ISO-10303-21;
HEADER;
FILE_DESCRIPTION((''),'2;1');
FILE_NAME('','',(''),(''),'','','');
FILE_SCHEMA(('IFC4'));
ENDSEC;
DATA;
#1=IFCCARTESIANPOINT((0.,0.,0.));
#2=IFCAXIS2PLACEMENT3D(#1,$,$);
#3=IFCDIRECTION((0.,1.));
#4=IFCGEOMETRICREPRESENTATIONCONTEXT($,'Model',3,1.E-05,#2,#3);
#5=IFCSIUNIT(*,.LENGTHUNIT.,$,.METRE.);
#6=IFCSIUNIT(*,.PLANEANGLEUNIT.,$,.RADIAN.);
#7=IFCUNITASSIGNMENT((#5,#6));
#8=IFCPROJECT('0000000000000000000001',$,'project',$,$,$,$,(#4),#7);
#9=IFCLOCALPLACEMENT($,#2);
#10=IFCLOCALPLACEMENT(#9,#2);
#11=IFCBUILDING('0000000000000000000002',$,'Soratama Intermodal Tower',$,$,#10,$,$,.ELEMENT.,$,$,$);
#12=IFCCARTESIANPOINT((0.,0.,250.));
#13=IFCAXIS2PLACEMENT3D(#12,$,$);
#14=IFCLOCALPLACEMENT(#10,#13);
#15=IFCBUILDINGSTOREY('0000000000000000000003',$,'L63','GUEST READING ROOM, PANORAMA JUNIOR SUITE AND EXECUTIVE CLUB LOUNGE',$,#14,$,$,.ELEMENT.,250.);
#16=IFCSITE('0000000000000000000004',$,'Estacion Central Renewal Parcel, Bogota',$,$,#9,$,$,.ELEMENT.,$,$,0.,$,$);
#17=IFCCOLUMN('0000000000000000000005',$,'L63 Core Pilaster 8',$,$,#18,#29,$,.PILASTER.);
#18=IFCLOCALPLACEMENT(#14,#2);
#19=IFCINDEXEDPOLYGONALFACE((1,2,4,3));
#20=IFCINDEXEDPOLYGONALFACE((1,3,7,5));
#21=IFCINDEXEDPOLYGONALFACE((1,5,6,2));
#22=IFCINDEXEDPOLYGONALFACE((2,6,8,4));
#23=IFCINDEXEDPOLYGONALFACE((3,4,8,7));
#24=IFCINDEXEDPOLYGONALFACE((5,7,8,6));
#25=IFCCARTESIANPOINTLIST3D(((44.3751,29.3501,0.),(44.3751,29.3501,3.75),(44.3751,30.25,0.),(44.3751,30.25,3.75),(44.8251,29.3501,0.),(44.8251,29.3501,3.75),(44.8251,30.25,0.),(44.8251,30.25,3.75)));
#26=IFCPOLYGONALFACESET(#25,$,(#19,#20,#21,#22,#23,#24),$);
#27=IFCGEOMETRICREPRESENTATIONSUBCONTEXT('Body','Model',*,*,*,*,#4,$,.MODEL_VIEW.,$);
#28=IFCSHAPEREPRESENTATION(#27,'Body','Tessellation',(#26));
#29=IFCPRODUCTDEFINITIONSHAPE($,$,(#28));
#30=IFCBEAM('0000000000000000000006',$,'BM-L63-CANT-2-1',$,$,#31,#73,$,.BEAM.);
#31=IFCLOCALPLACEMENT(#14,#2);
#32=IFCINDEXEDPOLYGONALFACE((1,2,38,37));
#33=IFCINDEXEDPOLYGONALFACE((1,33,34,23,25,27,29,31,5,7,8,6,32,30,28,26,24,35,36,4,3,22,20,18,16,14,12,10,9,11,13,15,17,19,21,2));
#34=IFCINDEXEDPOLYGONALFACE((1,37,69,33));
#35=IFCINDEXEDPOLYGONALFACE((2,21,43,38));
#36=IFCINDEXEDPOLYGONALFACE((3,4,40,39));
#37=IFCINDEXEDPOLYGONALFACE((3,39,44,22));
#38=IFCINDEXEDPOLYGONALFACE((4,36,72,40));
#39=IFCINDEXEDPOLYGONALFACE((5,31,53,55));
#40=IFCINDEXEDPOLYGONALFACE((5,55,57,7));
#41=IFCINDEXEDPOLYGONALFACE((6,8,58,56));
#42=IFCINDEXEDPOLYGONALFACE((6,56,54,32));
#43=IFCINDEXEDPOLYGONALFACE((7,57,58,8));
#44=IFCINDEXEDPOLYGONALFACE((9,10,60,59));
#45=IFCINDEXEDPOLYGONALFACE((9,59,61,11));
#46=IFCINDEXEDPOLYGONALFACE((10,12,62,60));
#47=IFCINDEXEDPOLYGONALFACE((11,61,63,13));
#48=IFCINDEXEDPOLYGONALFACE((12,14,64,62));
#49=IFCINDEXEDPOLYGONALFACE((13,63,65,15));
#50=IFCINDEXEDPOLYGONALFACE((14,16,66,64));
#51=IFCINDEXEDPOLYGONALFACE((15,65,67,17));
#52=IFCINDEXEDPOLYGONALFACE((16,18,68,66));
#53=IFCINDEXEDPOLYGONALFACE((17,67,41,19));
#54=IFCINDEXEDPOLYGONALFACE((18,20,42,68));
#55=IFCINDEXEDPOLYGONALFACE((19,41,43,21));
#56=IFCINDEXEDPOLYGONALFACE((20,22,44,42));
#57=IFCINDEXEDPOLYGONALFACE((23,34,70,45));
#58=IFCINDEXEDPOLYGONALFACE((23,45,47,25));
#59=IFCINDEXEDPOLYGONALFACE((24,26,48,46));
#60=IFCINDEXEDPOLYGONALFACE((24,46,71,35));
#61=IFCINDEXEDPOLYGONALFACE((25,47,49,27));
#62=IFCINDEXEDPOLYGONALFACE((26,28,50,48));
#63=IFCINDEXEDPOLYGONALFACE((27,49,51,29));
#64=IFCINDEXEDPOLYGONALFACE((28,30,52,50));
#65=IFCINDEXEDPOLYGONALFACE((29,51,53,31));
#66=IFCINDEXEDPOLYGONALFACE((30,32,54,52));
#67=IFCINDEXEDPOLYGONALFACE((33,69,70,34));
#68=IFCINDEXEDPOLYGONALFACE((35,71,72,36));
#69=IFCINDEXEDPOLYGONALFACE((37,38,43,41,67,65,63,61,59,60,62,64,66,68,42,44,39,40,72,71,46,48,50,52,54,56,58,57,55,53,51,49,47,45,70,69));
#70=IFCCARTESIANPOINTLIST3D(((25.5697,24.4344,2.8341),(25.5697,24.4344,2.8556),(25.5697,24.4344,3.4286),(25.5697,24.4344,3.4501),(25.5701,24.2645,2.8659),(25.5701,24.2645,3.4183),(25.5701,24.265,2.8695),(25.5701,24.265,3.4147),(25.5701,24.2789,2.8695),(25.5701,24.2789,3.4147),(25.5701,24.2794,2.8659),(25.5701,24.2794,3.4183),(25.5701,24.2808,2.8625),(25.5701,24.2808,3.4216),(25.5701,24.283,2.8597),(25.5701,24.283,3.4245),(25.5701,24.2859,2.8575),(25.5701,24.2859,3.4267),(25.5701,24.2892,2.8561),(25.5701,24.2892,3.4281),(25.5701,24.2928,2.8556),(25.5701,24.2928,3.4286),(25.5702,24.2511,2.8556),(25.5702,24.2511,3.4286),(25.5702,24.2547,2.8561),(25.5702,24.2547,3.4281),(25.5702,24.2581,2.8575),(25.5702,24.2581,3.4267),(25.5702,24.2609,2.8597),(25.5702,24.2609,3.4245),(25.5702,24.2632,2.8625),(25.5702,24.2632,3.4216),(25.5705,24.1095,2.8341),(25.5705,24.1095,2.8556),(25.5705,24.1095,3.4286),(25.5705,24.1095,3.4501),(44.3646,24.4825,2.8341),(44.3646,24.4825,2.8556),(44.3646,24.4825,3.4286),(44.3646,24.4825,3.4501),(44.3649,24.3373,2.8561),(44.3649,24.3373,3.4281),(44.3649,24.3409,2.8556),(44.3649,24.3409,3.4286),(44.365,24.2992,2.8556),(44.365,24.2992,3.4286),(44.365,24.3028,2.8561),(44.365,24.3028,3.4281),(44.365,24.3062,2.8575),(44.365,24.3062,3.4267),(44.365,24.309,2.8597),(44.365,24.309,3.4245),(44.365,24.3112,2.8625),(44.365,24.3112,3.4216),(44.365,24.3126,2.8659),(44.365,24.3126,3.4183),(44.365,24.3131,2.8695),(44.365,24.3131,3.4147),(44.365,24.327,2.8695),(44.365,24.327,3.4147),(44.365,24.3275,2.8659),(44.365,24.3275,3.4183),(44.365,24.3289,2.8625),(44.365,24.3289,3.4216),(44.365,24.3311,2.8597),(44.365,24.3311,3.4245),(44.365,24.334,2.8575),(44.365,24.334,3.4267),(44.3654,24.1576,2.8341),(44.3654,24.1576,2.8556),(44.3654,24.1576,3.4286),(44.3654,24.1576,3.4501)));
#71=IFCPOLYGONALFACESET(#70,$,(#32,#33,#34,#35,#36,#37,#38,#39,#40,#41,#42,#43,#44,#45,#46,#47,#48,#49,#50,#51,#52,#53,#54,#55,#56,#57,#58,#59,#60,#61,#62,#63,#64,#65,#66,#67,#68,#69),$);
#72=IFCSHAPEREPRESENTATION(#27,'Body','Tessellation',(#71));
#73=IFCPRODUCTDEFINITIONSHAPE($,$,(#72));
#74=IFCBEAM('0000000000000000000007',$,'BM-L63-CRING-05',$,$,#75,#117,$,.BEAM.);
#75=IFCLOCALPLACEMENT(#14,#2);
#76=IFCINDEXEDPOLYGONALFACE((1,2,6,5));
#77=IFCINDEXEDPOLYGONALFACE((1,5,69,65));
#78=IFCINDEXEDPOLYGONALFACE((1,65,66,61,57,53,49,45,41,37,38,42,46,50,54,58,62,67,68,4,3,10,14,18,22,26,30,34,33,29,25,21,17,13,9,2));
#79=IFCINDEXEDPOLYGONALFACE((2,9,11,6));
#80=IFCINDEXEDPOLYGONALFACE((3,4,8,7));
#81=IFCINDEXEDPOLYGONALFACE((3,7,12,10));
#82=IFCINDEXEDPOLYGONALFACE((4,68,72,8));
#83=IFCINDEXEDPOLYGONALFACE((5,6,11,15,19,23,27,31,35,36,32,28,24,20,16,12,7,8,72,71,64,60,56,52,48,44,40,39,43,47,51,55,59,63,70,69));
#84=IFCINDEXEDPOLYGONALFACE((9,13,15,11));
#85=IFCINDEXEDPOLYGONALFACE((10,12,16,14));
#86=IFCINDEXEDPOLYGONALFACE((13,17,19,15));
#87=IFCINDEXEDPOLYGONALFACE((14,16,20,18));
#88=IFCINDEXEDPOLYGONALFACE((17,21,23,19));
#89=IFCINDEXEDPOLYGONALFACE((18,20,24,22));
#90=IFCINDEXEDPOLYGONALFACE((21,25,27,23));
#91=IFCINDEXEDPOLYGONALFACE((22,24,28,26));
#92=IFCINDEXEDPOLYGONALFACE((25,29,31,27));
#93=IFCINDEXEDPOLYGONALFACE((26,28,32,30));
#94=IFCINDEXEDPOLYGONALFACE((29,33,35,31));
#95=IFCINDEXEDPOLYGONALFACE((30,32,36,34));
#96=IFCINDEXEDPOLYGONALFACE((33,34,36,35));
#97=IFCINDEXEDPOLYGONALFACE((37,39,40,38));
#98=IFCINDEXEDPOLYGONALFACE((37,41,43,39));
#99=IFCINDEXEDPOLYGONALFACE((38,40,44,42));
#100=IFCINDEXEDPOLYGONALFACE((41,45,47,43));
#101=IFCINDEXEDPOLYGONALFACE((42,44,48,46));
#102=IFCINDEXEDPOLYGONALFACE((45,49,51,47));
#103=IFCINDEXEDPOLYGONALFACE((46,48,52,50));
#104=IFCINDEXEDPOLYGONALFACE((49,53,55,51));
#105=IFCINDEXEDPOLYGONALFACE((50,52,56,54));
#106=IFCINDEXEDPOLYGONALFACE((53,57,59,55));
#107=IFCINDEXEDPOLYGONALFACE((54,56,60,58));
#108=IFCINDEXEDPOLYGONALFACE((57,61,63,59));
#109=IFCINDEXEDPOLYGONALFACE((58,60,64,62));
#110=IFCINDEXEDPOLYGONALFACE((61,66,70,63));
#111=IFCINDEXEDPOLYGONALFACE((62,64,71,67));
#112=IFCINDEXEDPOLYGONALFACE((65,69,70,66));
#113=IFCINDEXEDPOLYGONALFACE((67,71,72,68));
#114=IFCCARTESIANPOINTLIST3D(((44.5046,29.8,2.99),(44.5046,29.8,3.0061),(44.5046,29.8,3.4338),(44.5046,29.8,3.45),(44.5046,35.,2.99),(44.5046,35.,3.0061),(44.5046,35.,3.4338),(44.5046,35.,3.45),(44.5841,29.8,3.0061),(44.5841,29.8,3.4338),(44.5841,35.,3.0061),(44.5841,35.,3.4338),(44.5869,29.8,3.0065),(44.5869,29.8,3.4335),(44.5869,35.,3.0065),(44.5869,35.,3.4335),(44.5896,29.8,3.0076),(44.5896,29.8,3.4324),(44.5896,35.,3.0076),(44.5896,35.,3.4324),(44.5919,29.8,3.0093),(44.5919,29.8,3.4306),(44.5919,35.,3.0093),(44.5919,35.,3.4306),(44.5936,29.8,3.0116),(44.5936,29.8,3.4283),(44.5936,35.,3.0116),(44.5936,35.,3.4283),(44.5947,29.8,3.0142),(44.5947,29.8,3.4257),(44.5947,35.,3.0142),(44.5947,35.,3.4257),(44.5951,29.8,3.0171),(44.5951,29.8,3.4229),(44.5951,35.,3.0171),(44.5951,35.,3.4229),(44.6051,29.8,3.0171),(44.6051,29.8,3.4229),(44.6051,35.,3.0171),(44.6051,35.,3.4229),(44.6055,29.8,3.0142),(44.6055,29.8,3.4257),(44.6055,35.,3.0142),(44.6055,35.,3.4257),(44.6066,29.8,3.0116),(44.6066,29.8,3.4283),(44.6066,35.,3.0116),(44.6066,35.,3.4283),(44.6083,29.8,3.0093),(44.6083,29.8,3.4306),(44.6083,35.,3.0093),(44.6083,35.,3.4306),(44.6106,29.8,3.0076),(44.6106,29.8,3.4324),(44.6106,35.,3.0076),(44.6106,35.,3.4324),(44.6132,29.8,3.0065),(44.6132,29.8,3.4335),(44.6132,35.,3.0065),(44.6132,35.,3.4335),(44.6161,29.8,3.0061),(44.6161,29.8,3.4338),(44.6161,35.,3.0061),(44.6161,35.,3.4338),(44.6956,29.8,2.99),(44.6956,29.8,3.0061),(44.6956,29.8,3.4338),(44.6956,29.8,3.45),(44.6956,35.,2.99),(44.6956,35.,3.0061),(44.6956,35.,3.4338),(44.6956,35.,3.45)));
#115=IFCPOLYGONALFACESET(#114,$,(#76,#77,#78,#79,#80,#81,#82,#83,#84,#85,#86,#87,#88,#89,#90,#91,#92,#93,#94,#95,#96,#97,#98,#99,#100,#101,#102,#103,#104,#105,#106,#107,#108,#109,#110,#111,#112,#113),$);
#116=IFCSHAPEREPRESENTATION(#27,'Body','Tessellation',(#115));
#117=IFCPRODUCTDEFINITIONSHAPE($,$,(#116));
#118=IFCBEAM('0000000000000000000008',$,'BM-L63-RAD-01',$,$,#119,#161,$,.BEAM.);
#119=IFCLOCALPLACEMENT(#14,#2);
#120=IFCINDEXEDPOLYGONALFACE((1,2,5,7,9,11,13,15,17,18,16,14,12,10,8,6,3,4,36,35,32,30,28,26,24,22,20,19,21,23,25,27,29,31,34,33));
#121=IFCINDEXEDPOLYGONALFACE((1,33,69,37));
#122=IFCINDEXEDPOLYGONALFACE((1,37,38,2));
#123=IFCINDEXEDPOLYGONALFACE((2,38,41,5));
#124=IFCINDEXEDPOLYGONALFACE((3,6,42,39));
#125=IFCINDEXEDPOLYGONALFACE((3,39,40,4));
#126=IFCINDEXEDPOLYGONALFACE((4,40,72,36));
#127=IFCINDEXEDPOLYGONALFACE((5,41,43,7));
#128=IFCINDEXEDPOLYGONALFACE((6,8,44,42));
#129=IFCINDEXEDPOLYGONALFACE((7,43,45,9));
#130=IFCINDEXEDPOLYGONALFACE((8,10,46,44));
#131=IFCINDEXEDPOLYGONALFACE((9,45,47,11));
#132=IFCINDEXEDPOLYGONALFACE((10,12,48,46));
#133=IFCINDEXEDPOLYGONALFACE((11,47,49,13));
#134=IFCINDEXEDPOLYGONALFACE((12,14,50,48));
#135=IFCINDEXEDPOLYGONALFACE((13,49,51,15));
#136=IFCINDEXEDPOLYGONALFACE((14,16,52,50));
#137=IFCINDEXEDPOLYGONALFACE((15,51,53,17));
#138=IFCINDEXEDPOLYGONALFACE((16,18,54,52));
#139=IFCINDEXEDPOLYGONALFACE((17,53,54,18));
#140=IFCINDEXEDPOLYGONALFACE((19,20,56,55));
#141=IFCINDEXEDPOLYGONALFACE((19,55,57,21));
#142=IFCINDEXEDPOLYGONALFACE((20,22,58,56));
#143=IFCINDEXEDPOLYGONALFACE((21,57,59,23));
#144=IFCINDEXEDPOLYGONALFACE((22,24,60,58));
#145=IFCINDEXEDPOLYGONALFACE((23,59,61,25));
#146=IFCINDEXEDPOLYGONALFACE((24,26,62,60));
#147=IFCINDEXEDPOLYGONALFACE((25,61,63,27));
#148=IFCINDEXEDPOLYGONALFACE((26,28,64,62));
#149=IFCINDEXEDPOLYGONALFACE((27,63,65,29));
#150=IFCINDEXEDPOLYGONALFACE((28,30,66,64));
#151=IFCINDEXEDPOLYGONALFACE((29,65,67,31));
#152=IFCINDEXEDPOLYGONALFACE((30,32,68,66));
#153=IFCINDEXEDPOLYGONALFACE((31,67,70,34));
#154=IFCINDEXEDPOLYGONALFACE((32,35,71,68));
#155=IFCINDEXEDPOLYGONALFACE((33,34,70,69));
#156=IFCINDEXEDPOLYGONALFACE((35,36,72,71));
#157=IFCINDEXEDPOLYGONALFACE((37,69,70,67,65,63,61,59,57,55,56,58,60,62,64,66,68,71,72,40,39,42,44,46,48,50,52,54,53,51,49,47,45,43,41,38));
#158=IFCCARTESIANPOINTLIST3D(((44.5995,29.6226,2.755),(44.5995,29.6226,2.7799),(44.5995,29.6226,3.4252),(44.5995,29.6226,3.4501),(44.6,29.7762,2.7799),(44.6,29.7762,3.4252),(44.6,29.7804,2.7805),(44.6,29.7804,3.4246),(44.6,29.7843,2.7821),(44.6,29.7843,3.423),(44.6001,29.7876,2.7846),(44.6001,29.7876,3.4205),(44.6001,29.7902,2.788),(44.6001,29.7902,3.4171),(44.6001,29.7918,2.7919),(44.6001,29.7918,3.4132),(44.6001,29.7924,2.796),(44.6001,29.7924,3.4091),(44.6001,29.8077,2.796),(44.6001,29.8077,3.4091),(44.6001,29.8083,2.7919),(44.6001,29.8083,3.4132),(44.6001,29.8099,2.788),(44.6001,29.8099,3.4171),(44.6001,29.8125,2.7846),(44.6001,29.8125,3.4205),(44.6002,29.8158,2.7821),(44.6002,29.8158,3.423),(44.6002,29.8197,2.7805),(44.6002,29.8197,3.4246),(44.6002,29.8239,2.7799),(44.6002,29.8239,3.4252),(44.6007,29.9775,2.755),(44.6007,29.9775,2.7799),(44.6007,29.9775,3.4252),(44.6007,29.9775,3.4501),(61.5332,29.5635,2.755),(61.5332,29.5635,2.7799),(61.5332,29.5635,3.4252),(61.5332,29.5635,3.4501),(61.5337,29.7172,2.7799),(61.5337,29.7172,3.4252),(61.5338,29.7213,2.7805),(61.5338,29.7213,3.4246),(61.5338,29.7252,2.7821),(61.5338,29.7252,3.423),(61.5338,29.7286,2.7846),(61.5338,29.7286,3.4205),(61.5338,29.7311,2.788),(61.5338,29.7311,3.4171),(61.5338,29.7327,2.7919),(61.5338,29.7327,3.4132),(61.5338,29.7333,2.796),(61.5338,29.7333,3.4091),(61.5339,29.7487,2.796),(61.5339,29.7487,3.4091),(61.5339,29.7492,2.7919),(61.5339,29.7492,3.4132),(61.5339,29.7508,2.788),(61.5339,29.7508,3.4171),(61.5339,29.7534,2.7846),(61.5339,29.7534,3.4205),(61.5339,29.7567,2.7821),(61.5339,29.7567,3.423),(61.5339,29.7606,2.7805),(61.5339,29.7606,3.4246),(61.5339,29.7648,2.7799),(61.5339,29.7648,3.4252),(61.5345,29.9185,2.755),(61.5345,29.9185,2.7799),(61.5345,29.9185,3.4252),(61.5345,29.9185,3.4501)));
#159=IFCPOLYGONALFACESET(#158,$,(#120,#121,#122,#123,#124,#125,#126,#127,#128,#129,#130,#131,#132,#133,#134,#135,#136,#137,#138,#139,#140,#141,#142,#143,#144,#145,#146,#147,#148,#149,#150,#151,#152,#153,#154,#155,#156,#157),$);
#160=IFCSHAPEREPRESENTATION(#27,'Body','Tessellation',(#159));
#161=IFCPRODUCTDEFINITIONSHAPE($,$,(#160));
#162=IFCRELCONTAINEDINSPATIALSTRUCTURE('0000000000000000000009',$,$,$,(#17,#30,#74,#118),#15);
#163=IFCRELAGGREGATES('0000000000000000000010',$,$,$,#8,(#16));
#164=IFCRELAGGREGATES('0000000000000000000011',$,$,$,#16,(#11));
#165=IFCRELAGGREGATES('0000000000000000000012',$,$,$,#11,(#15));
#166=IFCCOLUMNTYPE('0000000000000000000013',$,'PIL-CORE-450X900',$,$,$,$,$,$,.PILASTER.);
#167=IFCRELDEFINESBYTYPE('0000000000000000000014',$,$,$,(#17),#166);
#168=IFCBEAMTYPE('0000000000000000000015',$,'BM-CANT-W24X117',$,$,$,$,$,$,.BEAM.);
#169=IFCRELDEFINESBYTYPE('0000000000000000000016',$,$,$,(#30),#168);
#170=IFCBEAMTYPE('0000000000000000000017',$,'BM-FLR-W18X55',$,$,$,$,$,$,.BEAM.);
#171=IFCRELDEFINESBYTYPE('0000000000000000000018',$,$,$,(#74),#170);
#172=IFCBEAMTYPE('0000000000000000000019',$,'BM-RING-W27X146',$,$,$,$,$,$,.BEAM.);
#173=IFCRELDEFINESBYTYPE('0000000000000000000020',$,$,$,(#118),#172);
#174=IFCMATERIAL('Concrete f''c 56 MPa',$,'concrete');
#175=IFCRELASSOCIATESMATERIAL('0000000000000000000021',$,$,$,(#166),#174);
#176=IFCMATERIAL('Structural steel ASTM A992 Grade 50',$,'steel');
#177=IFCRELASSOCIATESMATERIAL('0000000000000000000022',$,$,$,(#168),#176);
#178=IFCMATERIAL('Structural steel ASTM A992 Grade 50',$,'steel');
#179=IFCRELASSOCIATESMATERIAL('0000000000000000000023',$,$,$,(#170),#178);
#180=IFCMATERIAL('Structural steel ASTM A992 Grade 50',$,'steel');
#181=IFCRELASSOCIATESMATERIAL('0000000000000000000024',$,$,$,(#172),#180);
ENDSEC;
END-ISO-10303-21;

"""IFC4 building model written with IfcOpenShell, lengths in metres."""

from ifc_helpers import new_model, si_unit, direction, frame, origin, origin_2d, place, context, subcontext, project, spatial, rectangle, i_section, extrude, material, material_profile, profile_set, type_object, element, save


model = new_model("IFC4")

# Units and contexts
model_context = context("Model", 3, precision=1e-05, world=origin(), true_north=direction((0.0, 1.0)))
body_context = subcontext(model_context, "Body", "Model", "MODEL_VIEW")
ifc_project = project(units=[si_unit("LENGTHUNIT", "METRE"), si_unit("PLANEANGLEUNIT", "RADIAN")], contexts=[model_context])

# Site, building, storey
site_placement = place(None, origin())
site = spatial("IfcSite", under=ifc_project, at=site_placement, Name="Estacion Central Renewal Parcel, Bogota", CompositionType="ELEMENT", RefElevation=0.0)
building_placement = place(site_placement, origin())
building = spatial("IfcBuilding", under=site, at=building_placement, Name="Soratama Intermodal Tower", CompositionType="ELEMENT")
storey_placement = place(building_placement, frame((0.0, 0.0, 250.0)))
storey = spatial("IfcBuildingStorey", under=building, at=storey_placement, Name="L63", Description="GUEST READING ROOM, PANORAMA JUNIOR SUITE AND EXECUTIVE CLUB LOUNGE", CompositionType="ELEMENT", Elevation=250.0)

# Column
ifc_material_1 = material(Name="Concrete f'c 56 MPa", Category="concrete")
ifc_material_profile_1 = material_profile(ifc_material_1, rectangle(XDim=0.45, YDim=0.8999, at=origin_2d()), Name="RC450X900")
ifc_profile_set_1 = profile_set([ifc_material_profile_1], Name="Concrete f'c 56 MPa")
column_type = type_object("IfcColumnType", Name="PIL-CORE-450X900", PredefinedType="PILASTER", material=ifc_profile_set_1)
column_placement = place(storey_placement, frame((44.6001, 29.8, 0.0), z_axis=(0.0, 0.0, 1.0), x_axis=(1.0, 0.0, 0.0)))
element("IfcColumn", 1, at=column_placement, inside=storey, type_object=column_type, Name="L63 Core Pilaster 8", PredefinedType="PILASTER", context=body_context, shape_type="SweptSolid", body=[
    extrude(rectangle(XDim=0.45, YDim=0.8999, at=origin_2d()), origin(), (0.0, 0.0, 1.0), 3.75),
])

# Beams
ifc_material_2 = material(Name="Structural steel ASTM A992 Grade 50", Category="steel")
ifc_material_profile_2 = material_profile(ifc_material_2, i_section(OverallWidth=0.325, OverallDepth=0.616, WebThickness=0.0139, FlangeThickness=0.0215, FilletRadius=0.0139, at=origin_2d()), Name="W24X117")
ifc_profile_set_2 = profile_set([ifc_material_profile_2], Name="Structural steel ASTM A992 Grade 50")
beam_type_1 = type_object("IfcBeamType", Name="BM-CANT-W24X117", PredefinedType="BEAM", material=ifc_profile_set_2)
beam_1_placement = place(storey_placement, frame((44.365, 24.3201, 3.1421), z_axis=(-0.999997, -0.002559, 0.0), x_axis=(0.002559, -0.999997, 0.0)))
element("IfcBeam", 2, at=beam_1_placement, inside=storey, type_object=beam_type_1, Name="BM-L63-CANT-2-1", PredefinedType="BEAM", context=body_context, shape_type="SweptSolid", body=[
    extrude(i_section(OverallWidth=0.325, OverallDepth=0.616, WebThickness=0.0139, FlangeThickness=0.0215, FilletRadius=0.0139, at=origin_2d()), origin(), (0.0, 0.0, 1.0), 18.7949),
])
ifc_material_3 = material(Name="Structural steel ASTM A992 Grade 50", Category="steel")
ifc_material_profile_3 = material_profile(ifc_material_3, i_section(OverallWidth=0.1909, OverallDepth=0.46, WebThickness=0.01, FlangeThickness=0.0161, FilletRadius=0.011, at=origin_2d()), Name="W18X55")
ifc_profile_set_3 = profile_set([ifc_material_profile_3], Name="Structural steel ASTM A992 Grade 50")
beam_type_2 = type_object("IfcBeamType", Name="BM-FLR-W18X55", PredefinedType="BEAM", material=ifc_profile_set_3)
beam_2_placement = place(storey_placement, frame((44.6001, 29.8, 3.22), z_axis=(0.0, 1.0, 0.0), x_axis=(-1.0, 0.0, 0.0)))
element("IfcBeam", 3, at=beam_2_placement, inside=storey, type_object=beam_type_2, Name="BM-L63-CRING-05", PredefinedType="BEAM", context=body_context, shape_type="SweptSolid", body=[
    extrude(i_section(OverallWidth=0.1909, OverallDepth=0.46, WebThickness=0.01, FlangeThickness=0.0161, FilletRadius=0.011, at=origin_2d()), origin(), (0.0, 0.0, 1.0), 5.2),
])
ifc_material_4 = material(Name="Structural steel ASTM A992 Grade 50", Category="steel")
ifc_material_profile_4 = material_profile(ifc_material_4, i_section(OverallWidth=0.355, OverallDepth=0.6951, WebThickness=0.0154, FlangeThickness=0.0249, FilletRadius=0.0161, at=origin_2d()), Name="W27X146")
ifc_profile_set_4 = profile_set([ifc_material_profile_4], Name="Structural steel ASTM A992 Grade 50")
beam_type_3 = type_object("IfcBeamType", Name="BM-RING-W27X146", PredefinedType="BEAM", material=ifc_profile_set_4)
beam_3_placement = place(storey_placement, frame((44.6001, 29.8, 3.1025), z_axis=(0.999994, -0.003489, 0.0), x_axis=(0.003489, 0.999994, 0.0)))
element("IfcBeam", 4, at=beam_3_placement, inside=storey, type_object=beam_type_3, Name="BM-L63-RAD-01", PredefinedType="BEAM", context=body_context, shape_type="SweptSolid", body=[
    extrude(i_section(OverallWidth=0.355, OverallDepth=0.6951, WebThickness=0.0154, FlangeThickness=0.0249, FilletRadius=0.0161, at=origin_2d()), origin(), (0.0, 0.0, 1.0), 16.9338),
])

save(model, "model.ifc")
